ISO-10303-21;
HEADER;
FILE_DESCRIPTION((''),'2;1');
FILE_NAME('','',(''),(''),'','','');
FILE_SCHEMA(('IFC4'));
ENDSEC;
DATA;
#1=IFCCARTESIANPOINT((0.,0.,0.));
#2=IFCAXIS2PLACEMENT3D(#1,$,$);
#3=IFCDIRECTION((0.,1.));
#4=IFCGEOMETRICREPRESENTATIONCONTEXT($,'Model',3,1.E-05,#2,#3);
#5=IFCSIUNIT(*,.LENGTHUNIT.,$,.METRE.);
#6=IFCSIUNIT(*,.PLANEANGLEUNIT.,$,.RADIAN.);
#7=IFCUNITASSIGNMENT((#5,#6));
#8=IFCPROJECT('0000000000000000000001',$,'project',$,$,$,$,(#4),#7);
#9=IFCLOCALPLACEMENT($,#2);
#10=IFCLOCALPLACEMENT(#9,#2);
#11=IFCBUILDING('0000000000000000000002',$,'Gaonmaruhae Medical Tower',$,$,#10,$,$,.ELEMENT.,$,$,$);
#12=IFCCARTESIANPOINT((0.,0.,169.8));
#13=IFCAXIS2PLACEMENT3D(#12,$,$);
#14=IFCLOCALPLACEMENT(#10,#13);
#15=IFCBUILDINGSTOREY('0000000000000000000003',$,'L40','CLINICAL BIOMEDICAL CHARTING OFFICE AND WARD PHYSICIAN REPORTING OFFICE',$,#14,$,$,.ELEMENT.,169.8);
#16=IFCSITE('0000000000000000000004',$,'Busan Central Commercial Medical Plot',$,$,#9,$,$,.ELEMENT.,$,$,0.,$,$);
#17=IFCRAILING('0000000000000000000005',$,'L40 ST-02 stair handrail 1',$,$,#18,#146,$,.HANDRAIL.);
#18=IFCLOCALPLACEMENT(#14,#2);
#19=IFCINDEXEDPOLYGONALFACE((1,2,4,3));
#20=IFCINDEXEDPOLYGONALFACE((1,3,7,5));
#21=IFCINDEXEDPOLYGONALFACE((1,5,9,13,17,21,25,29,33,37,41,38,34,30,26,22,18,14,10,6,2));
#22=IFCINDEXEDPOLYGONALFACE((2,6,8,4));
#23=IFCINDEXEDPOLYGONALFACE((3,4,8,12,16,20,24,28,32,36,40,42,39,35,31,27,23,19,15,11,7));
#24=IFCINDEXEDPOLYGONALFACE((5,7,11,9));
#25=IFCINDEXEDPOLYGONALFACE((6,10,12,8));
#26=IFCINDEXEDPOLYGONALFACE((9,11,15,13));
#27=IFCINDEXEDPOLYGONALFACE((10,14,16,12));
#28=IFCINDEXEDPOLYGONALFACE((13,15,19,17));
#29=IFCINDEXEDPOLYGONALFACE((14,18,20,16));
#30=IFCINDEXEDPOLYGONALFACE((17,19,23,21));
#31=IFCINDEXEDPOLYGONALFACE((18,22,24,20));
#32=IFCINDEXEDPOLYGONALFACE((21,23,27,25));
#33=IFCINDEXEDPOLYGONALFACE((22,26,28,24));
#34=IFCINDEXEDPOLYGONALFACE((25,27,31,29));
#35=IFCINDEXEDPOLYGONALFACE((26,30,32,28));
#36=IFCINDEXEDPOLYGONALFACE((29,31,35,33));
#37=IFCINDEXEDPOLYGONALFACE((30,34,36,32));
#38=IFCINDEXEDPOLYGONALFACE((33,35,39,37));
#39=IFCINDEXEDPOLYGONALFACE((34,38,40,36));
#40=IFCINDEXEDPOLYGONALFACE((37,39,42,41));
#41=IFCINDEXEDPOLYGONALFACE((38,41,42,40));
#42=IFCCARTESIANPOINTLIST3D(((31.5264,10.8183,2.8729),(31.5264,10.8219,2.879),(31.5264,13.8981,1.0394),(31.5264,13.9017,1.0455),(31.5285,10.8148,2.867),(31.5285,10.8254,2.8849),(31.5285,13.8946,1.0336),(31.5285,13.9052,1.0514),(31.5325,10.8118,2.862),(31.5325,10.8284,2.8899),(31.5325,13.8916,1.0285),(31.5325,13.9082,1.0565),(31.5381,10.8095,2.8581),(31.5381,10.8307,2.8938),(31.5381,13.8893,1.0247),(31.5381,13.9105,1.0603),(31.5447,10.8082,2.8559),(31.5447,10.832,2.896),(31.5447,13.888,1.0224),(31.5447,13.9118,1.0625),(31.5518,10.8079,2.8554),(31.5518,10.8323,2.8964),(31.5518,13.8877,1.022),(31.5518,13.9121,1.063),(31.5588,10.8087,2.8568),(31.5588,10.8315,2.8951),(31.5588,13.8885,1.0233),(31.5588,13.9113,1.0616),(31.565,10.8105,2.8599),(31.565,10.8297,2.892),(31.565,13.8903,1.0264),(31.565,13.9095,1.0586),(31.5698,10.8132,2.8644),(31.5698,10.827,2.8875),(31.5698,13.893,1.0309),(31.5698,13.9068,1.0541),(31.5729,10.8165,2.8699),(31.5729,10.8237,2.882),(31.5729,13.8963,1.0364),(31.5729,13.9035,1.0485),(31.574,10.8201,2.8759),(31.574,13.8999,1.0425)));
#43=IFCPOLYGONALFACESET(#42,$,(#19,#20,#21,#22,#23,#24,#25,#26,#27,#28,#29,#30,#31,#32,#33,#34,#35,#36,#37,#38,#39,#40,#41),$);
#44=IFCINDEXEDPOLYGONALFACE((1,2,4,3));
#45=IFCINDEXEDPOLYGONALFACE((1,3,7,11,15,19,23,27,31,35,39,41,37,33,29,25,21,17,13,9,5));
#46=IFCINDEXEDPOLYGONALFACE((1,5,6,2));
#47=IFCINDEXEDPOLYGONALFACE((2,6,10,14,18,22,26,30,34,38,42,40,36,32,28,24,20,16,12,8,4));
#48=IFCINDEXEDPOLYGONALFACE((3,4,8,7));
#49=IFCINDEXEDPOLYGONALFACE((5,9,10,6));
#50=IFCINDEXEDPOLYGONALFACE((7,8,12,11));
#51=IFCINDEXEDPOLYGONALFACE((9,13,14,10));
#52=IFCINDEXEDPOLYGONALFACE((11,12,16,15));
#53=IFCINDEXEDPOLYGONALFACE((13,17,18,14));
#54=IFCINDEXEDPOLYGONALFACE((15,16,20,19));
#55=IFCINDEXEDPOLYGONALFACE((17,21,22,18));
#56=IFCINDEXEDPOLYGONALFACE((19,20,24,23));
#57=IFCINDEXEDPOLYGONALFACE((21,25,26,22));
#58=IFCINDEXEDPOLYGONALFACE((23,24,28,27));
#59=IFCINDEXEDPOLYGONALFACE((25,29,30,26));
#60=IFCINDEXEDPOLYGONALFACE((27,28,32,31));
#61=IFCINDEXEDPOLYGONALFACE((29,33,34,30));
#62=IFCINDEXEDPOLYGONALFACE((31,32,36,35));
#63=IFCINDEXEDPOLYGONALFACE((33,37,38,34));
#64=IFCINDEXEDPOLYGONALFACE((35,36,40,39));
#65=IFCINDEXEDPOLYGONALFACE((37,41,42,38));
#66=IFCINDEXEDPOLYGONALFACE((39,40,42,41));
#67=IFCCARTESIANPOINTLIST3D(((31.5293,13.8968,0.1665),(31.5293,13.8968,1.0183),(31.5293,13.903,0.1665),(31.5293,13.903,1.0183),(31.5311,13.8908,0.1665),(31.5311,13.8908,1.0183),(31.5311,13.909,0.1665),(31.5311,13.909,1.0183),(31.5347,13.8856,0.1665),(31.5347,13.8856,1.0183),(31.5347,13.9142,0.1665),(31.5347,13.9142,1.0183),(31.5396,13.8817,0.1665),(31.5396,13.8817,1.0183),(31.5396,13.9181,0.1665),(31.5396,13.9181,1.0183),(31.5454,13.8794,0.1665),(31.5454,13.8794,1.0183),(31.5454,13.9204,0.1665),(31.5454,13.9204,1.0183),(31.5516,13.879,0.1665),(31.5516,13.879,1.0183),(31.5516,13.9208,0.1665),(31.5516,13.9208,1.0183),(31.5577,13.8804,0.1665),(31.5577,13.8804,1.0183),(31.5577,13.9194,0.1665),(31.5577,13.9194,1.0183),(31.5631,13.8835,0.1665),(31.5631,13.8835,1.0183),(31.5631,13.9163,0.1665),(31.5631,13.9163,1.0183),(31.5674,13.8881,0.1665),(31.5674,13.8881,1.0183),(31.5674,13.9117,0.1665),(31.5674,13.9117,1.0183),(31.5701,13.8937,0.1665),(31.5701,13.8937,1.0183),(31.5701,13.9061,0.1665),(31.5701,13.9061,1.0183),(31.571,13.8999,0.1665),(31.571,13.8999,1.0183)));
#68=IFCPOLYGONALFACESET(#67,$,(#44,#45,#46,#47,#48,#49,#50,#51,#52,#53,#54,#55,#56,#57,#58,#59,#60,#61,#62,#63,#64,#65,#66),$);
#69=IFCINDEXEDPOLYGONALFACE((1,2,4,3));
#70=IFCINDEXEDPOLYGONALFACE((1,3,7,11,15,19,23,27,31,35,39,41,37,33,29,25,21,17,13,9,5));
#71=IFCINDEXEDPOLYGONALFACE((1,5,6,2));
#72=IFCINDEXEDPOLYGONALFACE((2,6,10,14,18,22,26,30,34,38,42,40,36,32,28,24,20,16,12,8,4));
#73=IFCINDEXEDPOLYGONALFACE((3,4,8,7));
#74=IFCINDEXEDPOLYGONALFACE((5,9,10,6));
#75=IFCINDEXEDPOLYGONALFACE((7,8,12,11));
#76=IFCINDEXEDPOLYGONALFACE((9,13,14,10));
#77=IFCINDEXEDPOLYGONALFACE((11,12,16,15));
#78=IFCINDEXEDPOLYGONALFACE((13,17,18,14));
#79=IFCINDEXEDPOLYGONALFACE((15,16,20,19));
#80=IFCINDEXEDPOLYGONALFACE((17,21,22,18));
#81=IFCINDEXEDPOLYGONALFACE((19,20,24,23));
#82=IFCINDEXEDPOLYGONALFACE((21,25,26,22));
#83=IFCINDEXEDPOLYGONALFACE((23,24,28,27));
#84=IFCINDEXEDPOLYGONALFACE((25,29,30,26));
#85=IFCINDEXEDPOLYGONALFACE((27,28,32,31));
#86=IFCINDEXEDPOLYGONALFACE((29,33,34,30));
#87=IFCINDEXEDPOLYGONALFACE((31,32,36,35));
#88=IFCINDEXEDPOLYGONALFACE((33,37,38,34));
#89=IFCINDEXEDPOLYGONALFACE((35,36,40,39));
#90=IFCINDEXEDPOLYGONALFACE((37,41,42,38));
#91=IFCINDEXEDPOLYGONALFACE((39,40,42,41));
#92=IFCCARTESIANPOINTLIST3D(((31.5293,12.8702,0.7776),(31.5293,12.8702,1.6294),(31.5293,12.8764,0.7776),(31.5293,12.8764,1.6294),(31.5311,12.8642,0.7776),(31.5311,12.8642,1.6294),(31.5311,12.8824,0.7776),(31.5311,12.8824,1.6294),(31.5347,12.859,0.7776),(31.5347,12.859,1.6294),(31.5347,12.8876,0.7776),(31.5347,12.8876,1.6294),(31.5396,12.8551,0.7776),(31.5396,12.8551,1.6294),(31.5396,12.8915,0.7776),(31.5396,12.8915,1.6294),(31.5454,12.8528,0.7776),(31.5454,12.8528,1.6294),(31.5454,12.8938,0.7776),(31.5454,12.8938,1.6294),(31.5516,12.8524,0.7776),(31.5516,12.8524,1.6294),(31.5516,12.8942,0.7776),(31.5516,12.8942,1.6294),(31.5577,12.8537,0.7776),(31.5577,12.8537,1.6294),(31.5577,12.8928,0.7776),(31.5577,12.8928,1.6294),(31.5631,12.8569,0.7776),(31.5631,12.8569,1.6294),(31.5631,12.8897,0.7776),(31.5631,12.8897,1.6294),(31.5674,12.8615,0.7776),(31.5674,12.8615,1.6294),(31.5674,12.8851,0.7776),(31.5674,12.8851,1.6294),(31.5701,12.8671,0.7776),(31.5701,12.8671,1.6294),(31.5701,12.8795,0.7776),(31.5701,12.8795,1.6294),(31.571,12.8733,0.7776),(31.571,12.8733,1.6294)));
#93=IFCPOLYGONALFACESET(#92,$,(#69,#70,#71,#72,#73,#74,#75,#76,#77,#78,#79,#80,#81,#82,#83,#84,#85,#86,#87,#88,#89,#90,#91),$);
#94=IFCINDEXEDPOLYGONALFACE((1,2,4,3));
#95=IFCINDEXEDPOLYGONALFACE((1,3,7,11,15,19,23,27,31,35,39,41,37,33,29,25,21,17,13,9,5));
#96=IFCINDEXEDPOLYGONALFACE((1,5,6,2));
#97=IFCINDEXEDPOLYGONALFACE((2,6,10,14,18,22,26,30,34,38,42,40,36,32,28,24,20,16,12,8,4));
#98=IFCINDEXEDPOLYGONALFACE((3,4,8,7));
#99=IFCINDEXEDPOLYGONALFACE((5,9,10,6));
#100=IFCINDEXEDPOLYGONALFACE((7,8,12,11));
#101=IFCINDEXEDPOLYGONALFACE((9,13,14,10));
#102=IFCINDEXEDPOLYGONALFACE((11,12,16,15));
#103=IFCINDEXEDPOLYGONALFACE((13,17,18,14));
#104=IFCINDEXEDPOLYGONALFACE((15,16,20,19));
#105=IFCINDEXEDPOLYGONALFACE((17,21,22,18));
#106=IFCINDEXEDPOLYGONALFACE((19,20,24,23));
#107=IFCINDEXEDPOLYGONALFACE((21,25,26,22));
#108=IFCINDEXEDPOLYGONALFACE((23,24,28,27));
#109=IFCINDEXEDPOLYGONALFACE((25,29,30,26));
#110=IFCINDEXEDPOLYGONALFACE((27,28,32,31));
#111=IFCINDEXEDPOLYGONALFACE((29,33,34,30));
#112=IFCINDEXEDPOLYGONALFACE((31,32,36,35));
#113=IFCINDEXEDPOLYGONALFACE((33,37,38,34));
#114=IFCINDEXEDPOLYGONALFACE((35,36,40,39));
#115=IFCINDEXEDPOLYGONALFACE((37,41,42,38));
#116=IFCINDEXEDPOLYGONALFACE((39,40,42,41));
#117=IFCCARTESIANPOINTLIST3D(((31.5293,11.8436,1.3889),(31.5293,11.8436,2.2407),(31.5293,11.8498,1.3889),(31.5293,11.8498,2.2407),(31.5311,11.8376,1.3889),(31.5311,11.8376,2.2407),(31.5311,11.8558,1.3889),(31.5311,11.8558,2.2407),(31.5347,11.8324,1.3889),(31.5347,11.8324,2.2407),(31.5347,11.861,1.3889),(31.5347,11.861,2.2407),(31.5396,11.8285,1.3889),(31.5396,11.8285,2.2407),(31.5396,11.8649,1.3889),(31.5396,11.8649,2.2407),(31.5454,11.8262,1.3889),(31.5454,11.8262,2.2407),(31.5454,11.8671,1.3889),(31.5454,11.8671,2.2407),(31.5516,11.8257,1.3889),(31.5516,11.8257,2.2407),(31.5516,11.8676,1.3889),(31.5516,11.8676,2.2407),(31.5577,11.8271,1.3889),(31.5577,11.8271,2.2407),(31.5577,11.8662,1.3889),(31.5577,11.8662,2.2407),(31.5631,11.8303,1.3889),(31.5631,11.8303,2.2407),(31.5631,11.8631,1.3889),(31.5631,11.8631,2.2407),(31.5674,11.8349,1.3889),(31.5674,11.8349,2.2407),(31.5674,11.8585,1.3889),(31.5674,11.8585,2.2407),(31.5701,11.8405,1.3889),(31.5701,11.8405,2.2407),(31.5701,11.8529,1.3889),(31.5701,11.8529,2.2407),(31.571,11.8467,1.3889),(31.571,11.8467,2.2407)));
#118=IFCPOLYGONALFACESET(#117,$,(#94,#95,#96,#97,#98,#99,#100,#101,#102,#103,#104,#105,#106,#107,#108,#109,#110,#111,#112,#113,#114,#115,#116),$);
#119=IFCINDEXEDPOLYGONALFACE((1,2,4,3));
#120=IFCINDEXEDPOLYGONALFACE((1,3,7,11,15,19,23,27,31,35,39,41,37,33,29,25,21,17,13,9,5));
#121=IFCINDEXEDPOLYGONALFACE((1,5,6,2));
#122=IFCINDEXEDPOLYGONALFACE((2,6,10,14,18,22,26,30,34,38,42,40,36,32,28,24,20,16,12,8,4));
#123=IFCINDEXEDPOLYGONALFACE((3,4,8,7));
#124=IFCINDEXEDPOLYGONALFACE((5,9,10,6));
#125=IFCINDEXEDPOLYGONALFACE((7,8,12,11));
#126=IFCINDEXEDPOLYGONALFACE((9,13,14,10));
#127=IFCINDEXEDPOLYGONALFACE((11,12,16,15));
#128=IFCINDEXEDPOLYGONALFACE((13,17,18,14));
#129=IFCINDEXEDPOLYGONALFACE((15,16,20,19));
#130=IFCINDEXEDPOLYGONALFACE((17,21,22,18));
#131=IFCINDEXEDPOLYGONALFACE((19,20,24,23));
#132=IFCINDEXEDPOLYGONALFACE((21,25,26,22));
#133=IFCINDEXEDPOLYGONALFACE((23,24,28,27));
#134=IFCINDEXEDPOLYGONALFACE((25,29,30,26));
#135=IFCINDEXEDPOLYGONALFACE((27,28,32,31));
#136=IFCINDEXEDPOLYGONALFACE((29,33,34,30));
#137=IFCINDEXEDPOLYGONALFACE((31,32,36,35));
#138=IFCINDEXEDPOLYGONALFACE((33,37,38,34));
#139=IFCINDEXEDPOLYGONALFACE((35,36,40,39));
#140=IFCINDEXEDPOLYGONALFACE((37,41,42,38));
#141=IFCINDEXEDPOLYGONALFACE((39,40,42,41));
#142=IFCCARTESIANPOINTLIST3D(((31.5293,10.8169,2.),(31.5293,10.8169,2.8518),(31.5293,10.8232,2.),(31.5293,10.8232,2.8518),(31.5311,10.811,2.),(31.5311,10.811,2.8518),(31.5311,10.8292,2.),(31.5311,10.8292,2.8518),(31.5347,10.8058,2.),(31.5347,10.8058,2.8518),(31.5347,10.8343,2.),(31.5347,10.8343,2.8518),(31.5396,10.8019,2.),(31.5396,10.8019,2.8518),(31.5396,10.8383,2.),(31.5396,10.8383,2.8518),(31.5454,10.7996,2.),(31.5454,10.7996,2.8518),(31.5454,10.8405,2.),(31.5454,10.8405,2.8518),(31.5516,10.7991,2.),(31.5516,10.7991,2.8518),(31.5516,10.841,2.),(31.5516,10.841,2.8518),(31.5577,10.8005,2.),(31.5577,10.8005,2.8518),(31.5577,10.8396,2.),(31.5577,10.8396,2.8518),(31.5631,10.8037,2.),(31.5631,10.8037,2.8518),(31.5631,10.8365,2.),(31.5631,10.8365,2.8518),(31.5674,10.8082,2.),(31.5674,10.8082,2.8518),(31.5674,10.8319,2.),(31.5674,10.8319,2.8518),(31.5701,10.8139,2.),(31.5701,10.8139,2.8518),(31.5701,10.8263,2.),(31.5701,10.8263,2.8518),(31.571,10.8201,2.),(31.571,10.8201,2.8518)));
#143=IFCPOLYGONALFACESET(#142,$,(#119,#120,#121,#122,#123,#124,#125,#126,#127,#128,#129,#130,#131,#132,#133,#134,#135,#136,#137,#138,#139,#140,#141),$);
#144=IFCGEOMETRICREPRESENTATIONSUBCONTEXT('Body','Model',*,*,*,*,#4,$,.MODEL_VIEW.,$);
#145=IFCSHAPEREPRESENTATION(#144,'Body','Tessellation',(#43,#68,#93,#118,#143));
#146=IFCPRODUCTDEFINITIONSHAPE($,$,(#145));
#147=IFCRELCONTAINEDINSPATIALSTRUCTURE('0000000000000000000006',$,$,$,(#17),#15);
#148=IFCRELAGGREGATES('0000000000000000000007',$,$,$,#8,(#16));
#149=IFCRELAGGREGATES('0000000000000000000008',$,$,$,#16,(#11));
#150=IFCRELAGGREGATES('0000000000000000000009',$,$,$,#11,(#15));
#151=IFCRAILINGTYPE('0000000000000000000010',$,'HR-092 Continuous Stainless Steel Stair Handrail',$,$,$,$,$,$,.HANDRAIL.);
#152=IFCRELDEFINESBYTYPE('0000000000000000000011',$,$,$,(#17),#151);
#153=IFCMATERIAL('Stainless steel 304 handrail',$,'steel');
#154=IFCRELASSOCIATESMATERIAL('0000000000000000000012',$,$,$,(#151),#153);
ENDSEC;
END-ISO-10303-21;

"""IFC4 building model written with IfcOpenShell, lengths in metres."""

from ifc_helpers import new_model, si_unit, direction, frame, origin, origin_2d, place, context, subcontext, project, spatial, circle, extrude, material, type_object, element, save


model = new_model("IFC4")

# Units and contexts
model_context = context("Model", 3, precision=1e-05, world=origin(), true_north=direction((0.0, 1.0)))
body_context = subcontext(model_context, "Body", "Model", "MODEL_VIEW")
ifc_project = project(units=[si_unit("LENGTHUNIT", "METRE"), si_unit("PLANEANGLEUNIT", "RADIAN")], contexts=[model_context])

# Site, building, storey
site_placement = place(None, origin())
site = spatial("IfcSite", under=ifc_project, at=site_placement, Name="Busan Central Commercial Medical Plot", CompositionType="ELEMENT", RefElevation=0.0)
building_placement = place(site_placement, origin())
building = spatial("IfcBuilding", under=site, at=building_placement, Name="Gaonmaruhae Medical Tower", CompositionType="ELEMENT")
storey_placement = place(building_placement, frame((0.0, 0.0, 169.8)))
storey = spatial("IfcBuildingStorey", under=building, at=storey_placement, Name="L40", Description="CLINICAL BIOMEDICAL CHARTING OFFICE AND WARD PHYSICIAN REPORTING OFFICE", CompositionType="ELEMENT", Elevation=169.8)

# Railing
ifc_material_1 = material(Name="Stainless steel 304 handrail", Category="steel")
railing_type_1 = type_object("IfcRailingType", Name="HR-092 Continuous Stainless Steel Stair Handrail", PredefinedType="HANDRAIL", material=ifc_material_1)
railing_1_placement = place(storey_placement, frame((31.55, 13.8999, 0.1665)))
element("IfcRailing", 1, at=railing_1_placement, inside=storey, type_object=railing_type_1, Name="L40 ST-02 stair handrail 1", PredefinedType="HANDRAIL", context=body_context, shape_type="SweptSolid", body=[
    extrude(circle(Radius=0.0239, at=origin_2d()), frame((0.0, 0.0, 0.876), z_axis=(0.0, -0.859261, 0.511538), x_axis=(1.0, 0.0, 0.0)), (0.0, 0.0, 1.0), 3.5842),
    extrude(circle(Radius=0.021, at=origin_2d()), origin(), (0.0, 0.0, 1.0), 0.8518),
    extrude(circle(Radius=0.021, at=origin_2d()), frame((0.0, -1.0266, 0.6111)), (0.0, 0.0, 1.0), 0.8518),
    extrude(circle(Radius=0.021, at=origin_2d()), frame((0.0, -2.0532, 1.2224)), (0.0, 0.0, 1.0), 0.8518),
    extrude(circle(Radius=0.021, at=origin_2d()), frame((0.0, -3.0798, 1.8335)), (0.0, 0.0, 1.0), 0.8518),
])

save(model, "model.ifc")
